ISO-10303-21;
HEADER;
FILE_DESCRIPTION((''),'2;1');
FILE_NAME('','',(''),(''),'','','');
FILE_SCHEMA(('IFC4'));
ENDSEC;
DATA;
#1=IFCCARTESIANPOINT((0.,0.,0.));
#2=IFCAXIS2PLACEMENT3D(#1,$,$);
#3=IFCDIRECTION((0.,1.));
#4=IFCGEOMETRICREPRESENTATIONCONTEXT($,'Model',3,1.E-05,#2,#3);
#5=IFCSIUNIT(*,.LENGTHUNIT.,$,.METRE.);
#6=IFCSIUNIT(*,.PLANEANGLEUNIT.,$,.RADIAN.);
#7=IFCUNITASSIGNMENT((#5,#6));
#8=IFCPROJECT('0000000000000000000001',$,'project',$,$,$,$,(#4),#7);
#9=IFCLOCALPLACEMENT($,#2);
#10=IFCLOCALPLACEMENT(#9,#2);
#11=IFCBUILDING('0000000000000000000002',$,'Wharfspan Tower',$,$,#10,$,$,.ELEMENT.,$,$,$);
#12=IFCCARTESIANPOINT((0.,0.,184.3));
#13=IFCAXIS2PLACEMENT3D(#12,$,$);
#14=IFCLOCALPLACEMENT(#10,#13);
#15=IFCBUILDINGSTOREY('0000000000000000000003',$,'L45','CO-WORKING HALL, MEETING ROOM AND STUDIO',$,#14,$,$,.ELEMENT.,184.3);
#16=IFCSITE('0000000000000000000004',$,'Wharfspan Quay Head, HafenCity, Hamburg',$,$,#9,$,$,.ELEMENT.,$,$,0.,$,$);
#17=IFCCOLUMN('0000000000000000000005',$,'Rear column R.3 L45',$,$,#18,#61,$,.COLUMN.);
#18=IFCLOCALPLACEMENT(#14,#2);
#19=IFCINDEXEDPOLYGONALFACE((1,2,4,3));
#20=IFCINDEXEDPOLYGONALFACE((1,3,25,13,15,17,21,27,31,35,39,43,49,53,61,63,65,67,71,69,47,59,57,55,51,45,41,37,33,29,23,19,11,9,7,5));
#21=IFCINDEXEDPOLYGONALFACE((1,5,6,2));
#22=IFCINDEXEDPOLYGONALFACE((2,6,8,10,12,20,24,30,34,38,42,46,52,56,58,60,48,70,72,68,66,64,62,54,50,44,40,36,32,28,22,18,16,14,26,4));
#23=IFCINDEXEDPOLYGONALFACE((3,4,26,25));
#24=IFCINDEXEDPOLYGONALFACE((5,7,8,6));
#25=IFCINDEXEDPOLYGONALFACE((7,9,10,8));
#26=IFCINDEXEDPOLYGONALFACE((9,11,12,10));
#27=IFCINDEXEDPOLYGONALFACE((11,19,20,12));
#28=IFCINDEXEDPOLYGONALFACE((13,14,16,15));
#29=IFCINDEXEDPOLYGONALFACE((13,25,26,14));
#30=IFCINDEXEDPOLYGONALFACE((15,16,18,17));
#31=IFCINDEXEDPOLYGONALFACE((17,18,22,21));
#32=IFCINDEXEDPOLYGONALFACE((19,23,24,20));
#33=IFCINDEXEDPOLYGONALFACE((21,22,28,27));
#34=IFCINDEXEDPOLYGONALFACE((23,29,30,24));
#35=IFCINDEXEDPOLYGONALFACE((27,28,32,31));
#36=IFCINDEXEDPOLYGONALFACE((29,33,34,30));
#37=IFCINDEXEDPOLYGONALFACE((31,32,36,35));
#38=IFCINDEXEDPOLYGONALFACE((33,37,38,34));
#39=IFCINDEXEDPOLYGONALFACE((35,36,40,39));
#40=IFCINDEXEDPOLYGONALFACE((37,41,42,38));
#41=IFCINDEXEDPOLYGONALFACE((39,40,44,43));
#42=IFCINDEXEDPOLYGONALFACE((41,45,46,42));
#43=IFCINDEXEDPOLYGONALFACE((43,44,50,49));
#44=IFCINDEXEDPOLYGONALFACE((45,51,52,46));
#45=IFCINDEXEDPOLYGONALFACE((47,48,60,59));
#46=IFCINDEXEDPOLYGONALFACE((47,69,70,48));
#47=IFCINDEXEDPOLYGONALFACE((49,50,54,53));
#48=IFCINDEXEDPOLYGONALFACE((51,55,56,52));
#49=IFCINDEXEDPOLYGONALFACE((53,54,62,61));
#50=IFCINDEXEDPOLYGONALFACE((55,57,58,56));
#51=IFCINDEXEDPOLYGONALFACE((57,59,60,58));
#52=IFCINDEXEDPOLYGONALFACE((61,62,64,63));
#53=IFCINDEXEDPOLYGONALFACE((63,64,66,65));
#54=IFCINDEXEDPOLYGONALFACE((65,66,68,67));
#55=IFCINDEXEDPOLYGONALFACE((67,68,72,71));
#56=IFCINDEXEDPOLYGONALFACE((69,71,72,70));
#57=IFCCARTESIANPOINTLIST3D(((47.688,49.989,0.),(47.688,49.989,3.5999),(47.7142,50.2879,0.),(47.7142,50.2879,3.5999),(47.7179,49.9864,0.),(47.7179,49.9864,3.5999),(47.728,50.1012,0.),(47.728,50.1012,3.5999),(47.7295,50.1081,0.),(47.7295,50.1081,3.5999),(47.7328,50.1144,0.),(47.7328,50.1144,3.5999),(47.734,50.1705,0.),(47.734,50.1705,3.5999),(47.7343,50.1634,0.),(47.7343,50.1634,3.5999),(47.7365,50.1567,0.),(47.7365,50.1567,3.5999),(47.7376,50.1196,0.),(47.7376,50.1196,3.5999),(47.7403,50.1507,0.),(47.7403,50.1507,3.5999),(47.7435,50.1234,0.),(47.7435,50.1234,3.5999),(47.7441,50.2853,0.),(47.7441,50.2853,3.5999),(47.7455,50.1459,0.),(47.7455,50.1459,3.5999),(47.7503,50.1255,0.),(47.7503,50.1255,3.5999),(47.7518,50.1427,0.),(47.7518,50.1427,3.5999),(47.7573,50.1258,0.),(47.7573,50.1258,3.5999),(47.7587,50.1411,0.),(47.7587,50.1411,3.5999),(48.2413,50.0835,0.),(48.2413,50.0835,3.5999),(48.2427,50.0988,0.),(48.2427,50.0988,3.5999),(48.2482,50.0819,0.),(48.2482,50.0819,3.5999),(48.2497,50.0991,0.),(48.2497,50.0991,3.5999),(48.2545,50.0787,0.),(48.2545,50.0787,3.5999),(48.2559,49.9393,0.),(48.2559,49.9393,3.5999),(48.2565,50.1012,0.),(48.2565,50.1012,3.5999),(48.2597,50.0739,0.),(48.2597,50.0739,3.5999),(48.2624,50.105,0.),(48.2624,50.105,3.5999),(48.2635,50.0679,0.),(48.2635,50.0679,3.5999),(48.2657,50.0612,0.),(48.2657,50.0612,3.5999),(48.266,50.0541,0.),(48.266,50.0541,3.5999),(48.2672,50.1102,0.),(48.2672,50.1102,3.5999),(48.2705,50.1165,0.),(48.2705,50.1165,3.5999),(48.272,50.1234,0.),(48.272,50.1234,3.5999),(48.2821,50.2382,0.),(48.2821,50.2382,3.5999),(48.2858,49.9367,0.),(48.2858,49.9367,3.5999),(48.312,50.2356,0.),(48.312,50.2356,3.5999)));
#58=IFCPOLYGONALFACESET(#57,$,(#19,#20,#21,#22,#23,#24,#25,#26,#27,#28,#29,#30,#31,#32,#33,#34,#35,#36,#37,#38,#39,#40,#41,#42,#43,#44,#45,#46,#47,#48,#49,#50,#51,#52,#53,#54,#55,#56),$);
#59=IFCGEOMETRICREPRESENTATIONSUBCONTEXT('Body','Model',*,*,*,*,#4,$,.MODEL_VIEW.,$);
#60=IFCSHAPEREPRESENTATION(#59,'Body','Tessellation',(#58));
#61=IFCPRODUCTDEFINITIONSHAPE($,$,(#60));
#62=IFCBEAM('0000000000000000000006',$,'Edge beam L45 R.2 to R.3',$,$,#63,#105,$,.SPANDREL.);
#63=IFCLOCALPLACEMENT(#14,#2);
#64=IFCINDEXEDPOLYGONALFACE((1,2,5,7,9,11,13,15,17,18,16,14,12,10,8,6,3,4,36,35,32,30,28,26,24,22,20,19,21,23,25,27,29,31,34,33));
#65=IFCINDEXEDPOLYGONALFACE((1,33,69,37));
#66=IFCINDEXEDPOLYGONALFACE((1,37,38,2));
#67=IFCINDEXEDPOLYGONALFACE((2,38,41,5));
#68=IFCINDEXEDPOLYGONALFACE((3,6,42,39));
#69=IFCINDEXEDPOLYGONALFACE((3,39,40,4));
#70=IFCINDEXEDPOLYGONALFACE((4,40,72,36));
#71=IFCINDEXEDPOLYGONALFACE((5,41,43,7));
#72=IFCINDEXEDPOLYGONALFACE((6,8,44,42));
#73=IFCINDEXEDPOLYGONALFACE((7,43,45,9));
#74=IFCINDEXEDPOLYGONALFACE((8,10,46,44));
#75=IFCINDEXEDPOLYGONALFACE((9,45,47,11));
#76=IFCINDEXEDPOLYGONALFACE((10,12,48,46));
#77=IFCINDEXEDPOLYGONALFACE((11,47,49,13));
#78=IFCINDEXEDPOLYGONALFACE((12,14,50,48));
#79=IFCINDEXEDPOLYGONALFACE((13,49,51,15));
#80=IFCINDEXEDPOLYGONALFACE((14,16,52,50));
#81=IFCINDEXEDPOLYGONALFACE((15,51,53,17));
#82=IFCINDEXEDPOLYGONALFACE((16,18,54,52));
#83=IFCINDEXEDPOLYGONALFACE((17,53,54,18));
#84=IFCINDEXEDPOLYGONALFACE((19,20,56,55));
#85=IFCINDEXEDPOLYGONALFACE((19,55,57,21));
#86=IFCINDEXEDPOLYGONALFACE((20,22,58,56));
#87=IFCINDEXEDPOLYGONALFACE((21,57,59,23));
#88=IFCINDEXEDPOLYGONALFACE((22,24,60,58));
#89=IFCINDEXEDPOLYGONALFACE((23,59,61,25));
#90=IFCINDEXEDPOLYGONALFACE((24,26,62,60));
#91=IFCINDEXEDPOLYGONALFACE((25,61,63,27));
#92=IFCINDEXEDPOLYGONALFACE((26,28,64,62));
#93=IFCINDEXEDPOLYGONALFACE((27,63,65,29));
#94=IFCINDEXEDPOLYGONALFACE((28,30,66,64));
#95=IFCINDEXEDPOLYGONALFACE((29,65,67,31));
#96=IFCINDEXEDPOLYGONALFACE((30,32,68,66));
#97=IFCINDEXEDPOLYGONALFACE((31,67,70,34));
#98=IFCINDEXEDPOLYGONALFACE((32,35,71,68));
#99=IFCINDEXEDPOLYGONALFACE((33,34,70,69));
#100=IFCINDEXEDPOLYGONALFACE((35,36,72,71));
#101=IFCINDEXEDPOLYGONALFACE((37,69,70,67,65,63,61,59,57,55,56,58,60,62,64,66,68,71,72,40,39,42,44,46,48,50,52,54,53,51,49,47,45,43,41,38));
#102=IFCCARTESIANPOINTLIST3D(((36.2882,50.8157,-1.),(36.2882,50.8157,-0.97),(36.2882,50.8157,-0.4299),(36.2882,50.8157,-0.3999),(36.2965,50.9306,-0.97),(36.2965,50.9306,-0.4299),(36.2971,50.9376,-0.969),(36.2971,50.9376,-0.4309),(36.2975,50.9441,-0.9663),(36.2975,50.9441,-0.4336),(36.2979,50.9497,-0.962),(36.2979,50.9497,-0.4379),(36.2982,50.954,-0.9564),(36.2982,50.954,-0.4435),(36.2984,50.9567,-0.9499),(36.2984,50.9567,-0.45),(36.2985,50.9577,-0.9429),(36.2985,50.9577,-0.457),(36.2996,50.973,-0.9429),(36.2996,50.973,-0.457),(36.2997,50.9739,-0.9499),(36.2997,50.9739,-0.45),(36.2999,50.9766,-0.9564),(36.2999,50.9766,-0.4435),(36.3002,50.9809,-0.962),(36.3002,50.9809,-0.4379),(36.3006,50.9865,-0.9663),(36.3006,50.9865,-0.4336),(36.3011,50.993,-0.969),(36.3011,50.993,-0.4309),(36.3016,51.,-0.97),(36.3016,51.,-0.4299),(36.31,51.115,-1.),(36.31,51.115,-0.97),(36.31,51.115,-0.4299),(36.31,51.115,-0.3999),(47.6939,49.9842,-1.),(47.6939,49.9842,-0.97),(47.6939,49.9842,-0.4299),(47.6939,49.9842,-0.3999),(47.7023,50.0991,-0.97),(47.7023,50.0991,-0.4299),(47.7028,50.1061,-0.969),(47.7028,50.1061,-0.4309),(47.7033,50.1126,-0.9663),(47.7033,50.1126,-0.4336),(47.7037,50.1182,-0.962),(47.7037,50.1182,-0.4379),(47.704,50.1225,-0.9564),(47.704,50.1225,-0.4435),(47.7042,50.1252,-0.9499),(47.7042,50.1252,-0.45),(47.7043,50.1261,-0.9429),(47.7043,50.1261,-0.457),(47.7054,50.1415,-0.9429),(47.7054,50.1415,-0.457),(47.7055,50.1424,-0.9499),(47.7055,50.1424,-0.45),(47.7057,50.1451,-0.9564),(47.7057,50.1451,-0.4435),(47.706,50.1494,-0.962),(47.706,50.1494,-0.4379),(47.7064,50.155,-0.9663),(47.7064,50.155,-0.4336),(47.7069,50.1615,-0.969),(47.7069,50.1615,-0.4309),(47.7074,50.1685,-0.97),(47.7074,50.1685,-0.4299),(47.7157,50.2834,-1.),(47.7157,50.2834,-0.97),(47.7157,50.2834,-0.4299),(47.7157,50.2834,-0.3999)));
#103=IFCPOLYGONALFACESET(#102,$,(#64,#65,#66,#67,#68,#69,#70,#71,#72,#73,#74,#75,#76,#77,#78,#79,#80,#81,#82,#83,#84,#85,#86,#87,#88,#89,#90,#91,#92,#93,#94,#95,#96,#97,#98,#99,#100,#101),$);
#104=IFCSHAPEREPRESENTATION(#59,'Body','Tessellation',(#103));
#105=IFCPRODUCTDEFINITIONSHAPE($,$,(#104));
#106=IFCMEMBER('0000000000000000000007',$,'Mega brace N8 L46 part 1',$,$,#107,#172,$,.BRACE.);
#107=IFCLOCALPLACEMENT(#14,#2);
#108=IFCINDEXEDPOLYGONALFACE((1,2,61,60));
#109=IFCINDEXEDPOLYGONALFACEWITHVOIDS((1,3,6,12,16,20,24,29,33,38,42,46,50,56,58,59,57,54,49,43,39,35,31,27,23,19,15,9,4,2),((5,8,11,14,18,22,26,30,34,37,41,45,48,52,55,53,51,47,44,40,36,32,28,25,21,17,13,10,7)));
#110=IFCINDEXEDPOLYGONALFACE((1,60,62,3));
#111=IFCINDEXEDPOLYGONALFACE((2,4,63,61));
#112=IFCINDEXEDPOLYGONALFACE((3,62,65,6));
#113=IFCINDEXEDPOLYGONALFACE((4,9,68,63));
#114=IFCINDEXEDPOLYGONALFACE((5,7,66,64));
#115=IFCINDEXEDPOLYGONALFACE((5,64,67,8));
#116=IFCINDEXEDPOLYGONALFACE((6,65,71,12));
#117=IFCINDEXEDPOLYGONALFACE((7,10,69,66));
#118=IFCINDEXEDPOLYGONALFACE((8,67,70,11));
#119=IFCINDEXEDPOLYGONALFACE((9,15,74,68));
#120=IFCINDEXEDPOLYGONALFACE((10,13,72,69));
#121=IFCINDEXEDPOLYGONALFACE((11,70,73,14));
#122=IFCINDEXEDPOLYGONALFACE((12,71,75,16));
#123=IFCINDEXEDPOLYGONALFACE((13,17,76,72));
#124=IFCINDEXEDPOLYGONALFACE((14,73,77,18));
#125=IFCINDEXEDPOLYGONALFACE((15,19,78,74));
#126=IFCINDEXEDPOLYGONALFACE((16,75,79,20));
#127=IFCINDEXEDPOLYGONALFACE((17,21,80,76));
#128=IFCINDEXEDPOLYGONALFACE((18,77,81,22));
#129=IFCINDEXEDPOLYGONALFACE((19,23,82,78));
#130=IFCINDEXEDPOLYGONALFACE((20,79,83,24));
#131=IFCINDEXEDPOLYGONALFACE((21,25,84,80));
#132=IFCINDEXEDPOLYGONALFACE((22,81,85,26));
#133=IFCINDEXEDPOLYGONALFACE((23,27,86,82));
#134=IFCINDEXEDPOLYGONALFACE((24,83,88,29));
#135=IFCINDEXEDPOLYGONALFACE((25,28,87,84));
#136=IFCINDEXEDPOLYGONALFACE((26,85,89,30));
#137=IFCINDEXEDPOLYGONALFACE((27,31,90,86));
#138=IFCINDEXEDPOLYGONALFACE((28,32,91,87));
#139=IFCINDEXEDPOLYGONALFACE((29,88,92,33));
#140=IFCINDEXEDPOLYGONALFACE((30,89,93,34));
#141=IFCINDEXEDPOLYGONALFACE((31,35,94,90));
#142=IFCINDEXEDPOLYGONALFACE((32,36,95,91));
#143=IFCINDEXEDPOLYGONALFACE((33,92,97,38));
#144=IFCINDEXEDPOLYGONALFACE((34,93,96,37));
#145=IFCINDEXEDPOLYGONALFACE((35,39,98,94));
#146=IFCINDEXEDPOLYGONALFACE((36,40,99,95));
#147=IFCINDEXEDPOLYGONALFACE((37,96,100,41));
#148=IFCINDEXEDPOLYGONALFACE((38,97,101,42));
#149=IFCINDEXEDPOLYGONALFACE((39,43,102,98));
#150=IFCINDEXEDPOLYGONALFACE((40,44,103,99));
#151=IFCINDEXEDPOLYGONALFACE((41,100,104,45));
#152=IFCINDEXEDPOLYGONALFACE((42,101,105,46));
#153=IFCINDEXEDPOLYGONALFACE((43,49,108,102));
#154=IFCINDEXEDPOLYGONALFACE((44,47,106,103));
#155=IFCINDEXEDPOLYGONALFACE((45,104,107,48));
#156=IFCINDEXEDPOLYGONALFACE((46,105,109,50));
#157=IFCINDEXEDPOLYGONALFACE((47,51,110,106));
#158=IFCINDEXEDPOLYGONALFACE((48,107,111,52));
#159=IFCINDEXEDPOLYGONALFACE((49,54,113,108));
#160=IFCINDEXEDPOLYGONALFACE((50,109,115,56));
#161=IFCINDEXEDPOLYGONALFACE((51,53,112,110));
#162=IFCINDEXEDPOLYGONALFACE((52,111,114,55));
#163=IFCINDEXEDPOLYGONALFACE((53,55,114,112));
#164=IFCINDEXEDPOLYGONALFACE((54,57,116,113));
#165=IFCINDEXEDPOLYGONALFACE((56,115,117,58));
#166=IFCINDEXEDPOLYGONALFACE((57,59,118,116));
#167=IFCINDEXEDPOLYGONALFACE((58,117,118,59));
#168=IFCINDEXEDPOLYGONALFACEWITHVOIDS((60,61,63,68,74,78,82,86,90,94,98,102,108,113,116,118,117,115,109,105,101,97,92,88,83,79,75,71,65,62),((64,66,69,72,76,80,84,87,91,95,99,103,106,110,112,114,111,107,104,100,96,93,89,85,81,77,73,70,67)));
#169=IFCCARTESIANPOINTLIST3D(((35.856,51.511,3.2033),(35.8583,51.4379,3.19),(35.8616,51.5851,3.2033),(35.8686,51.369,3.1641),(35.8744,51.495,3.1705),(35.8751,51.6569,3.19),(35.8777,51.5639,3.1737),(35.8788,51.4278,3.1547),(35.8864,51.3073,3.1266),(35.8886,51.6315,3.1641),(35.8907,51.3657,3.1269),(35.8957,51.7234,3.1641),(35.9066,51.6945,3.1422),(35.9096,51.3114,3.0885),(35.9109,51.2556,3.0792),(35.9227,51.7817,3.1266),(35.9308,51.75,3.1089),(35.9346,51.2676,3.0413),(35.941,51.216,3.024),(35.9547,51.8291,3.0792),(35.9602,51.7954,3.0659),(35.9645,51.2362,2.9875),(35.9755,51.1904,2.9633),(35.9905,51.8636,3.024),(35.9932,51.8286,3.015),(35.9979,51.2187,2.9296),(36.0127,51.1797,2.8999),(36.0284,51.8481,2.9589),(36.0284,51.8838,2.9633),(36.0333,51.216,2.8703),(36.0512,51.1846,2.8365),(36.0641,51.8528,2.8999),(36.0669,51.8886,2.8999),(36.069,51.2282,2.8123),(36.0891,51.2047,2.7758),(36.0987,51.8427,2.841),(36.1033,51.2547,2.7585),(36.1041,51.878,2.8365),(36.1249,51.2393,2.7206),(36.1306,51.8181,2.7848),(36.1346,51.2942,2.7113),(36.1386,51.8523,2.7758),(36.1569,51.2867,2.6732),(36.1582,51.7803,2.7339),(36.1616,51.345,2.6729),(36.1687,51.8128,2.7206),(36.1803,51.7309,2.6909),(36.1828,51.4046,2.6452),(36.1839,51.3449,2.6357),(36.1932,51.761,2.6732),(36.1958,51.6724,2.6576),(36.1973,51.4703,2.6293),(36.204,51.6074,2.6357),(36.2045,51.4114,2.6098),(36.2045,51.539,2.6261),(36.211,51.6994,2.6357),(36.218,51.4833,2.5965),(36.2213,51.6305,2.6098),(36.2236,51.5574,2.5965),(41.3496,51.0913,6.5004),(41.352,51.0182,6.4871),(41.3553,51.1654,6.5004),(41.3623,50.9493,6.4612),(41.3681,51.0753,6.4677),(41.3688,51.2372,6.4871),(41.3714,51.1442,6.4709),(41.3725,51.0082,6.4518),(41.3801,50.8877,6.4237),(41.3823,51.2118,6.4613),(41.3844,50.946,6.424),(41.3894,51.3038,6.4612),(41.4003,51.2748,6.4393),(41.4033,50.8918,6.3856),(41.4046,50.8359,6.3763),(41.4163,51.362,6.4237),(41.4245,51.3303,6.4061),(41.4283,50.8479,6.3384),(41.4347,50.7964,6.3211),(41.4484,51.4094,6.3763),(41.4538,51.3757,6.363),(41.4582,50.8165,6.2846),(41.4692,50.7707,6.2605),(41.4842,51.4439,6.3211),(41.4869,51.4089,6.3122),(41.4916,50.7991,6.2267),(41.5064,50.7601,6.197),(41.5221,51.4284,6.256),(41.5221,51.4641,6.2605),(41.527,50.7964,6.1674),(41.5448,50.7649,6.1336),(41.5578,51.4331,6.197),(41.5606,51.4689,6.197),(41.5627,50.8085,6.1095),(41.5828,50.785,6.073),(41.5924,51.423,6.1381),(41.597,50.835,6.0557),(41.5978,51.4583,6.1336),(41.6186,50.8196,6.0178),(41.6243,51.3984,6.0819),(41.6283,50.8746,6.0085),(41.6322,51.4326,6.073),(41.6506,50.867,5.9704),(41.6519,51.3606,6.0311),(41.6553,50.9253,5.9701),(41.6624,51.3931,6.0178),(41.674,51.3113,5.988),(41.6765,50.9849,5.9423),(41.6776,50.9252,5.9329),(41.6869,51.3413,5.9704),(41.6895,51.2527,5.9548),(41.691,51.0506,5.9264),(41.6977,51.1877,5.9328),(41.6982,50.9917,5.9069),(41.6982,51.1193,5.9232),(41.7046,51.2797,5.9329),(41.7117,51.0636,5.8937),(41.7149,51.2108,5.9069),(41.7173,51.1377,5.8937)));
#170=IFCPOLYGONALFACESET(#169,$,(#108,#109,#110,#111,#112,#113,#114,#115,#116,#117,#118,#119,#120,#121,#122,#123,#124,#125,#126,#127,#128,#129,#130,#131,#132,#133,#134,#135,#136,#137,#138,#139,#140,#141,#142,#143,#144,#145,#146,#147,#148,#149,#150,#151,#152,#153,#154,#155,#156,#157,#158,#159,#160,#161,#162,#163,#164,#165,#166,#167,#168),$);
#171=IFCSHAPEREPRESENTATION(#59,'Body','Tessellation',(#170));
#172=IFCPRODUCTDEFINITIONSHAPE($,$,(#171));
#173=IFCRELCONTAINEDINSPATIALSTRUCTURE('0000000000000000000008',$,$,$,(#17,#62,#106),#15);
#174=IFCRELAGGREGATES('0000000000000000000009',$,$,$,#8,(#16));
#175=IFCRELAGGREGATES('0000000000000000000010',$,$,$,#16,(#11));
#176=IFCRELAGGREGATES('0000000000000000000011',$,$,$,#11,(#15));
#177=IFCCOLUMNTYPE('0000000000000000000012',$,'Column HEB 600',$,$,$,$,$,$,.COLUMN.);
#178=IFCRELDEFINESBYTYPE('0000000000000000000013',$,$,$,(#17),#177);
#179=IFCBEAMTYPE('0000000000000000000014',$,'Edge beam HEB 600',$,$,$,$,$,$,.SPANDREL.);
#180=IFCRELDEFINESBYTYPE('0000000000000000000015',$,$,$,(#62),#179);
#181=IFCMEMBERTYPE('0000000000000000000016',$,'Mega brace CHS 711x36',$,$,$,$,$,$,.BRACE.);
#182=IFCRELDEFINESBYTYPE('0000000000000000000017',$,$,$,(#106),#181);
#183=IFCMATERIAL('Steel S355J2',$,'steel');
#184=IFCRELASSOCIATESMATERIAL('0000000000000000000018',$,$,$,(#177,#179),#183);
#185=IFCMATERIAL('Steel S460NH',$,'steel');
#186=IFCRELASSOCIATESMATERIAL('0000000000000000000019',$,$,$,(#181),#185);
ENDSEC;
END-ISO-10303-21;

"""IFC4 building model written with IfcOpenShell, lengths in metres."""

from ifc_helpers import new_model, si_unit, direction, frame, origin, origin_2d, place, context, subcontext, project, spatial, hollow_circle, i_section, extrude, material, material_profile, profile_set, type_object, element, save


model = new_model("IFC4")

# Units and contexts
model_context = context("Model", 3, precision=1e-05, world=origin(), true_north=direction((0.0, 1.0)))
body_context = subcontext(model_context, "Body", "Model", "MODEL_VIEW")
ifc_project = project(units=[si_unit("LENGTHUNIT", "METRE"), si_unit("PLANEANGLEUNIT", "RADIAN")], contexts=[model_context])

# Site, building, storey
site_placement = place(None, origin())
site = spatial("IfcSite", under=ifc_project, at=site_placement, Name="Wharfspan Quay Head, HafenCity, Hamburg", CompositionType="ELEMENT", RefElevation=0.0)
building_placement = place(site_placement, origin())
building = spatial("IfcBuilding", under=site, at=building_placement, Name="Wharfspan Tower", CompositionType="ELEMENT")
storey_placement = place(building_placement, frame((0.0, 0.0, 184.3)))
storey = spatial("IfcBuildingStorey", under=building, at=storey_placement, Name="L45", Description="CO-WORKING HALL, MEETING ROOM AND STUDIO", CompositionType="ELEMENT", Elevation=184.3)

# Column
ifc_material_1 = material(Name="Steel S355J2", Category="steel")
ifc_material_profile_1 = material_profile(ifc_material_1, i_section(OverallWidth=0.3, OverallDepth=0.6001, WebThickness=0.0154, FlangeThickness=0.03, FilletRadius=0.0271, at=origin_2d()))
ifc_profile_set_1 = profile_set([ifc_material_profile_1], Name="Steel S355J2")
column_type = type_object("IfcColumnType", Name="Column HEB 600", PredefinedType="COLUMN", material=ifc_profile_set_1)
column_placement = place(storey_placement, frame((48.0, 50.1123, 0.0), z_axis=(0.0, 0.0, 1.0), x_axis=(0.087156, 0.996198, 0.0)))
element("IfcColumn", 1, at=column_placement, inside=storey, type_object=column_type, Name="Rear column R.3 L45", PredefinedType="COLUMN", context=body_context, shape_type="SweptSolid", body=[
    extrude(i_section(OverallWidth=0.3, OverallDepth=0.6001, WebThickness=0.0154, FlangeThickness=0.03, FilletRadius=0.0271, at=origin_2d()), origin(), (0.0, 0.0, 1.0), 3.5999),
])

# Beam
ifc_material_profile_2 = material_profile(ifc_material_1, i_section(OverallWidth=0.3, OverallDepth=0.6001, WebThickness=0.0154, FlangeThickness=0.03, FilletRadius=0.0271, at=origin_2d()))
ifc_profile_set_2 = profile_set([ifc_material_profile_2], Name="Steel S355J2")
beam_type = type_object("IfcBeamType", Name="Edge beam HEB 600", PredefinedType="SPANDREL", material=ifc_profile_set_2)
beam_placement = place(storey_placement, frame((36.2991, 50.9653, -0.7), z_axis=(0.997353, -0.072713, 0.0), x_axis=(0.072713, 0.997353, 0.0)))
element("IfcBeam", 2, at=beam_placement, inside=storey, type_object=beam_type, Name="Edge beam L45 R.2 to R.3", PredefinedType="SPANDREL", context=body_context, shape_type="SweptSolid", body=[
    extrude(i_section(OverallWidth=0.3, OverallDepth=0.6001, WebThickness=0.0154, FlangeThickness=0.03, FilletRadius=0.0271, at=origin_2d()), origin(), (0.0, 0.0, 1.0), 11.436),
])

# Member
ifc_material_2 = material(Name="Steel S460NH", Category="steel")
ifc_material_profile_3 = material_profile(ifc_material_2, hollow_circle(Radius=0.3555, WallThickness=0.0359, at=origin_2d()))
ifc_profile_set_3 = profile_set([ifc_material_profile_3], Name="Steel S460NH")
member_type = type_object("IfcMemberType", Name="Mega brace CHS 711x36", PredefinedType="BRACE", material=ifc_profile_set_3)
member_placement = place(storey_placement, frame((36.0398, 51.5342, 2.8999), z_axis=(0.855596, -0.065362, 0.513502), x_axis=(0.076171, 0.997095, 0.000001)))
element("IfcMember", 3, at=member_placement, inside=storey, type_object=member_type, Name="Mega brace N8 L46 part 1", PredefinedType="BRACE", context=body_context, shape_type="SweptSolid", body=[
    extrude(hollow_circle(Radius=0.3555, WallThickness=0.0359, at=origin_2d()), origin(), (0.0, 0.0, 1.0), 6.4209),
])

save(model, "model.ifc")
